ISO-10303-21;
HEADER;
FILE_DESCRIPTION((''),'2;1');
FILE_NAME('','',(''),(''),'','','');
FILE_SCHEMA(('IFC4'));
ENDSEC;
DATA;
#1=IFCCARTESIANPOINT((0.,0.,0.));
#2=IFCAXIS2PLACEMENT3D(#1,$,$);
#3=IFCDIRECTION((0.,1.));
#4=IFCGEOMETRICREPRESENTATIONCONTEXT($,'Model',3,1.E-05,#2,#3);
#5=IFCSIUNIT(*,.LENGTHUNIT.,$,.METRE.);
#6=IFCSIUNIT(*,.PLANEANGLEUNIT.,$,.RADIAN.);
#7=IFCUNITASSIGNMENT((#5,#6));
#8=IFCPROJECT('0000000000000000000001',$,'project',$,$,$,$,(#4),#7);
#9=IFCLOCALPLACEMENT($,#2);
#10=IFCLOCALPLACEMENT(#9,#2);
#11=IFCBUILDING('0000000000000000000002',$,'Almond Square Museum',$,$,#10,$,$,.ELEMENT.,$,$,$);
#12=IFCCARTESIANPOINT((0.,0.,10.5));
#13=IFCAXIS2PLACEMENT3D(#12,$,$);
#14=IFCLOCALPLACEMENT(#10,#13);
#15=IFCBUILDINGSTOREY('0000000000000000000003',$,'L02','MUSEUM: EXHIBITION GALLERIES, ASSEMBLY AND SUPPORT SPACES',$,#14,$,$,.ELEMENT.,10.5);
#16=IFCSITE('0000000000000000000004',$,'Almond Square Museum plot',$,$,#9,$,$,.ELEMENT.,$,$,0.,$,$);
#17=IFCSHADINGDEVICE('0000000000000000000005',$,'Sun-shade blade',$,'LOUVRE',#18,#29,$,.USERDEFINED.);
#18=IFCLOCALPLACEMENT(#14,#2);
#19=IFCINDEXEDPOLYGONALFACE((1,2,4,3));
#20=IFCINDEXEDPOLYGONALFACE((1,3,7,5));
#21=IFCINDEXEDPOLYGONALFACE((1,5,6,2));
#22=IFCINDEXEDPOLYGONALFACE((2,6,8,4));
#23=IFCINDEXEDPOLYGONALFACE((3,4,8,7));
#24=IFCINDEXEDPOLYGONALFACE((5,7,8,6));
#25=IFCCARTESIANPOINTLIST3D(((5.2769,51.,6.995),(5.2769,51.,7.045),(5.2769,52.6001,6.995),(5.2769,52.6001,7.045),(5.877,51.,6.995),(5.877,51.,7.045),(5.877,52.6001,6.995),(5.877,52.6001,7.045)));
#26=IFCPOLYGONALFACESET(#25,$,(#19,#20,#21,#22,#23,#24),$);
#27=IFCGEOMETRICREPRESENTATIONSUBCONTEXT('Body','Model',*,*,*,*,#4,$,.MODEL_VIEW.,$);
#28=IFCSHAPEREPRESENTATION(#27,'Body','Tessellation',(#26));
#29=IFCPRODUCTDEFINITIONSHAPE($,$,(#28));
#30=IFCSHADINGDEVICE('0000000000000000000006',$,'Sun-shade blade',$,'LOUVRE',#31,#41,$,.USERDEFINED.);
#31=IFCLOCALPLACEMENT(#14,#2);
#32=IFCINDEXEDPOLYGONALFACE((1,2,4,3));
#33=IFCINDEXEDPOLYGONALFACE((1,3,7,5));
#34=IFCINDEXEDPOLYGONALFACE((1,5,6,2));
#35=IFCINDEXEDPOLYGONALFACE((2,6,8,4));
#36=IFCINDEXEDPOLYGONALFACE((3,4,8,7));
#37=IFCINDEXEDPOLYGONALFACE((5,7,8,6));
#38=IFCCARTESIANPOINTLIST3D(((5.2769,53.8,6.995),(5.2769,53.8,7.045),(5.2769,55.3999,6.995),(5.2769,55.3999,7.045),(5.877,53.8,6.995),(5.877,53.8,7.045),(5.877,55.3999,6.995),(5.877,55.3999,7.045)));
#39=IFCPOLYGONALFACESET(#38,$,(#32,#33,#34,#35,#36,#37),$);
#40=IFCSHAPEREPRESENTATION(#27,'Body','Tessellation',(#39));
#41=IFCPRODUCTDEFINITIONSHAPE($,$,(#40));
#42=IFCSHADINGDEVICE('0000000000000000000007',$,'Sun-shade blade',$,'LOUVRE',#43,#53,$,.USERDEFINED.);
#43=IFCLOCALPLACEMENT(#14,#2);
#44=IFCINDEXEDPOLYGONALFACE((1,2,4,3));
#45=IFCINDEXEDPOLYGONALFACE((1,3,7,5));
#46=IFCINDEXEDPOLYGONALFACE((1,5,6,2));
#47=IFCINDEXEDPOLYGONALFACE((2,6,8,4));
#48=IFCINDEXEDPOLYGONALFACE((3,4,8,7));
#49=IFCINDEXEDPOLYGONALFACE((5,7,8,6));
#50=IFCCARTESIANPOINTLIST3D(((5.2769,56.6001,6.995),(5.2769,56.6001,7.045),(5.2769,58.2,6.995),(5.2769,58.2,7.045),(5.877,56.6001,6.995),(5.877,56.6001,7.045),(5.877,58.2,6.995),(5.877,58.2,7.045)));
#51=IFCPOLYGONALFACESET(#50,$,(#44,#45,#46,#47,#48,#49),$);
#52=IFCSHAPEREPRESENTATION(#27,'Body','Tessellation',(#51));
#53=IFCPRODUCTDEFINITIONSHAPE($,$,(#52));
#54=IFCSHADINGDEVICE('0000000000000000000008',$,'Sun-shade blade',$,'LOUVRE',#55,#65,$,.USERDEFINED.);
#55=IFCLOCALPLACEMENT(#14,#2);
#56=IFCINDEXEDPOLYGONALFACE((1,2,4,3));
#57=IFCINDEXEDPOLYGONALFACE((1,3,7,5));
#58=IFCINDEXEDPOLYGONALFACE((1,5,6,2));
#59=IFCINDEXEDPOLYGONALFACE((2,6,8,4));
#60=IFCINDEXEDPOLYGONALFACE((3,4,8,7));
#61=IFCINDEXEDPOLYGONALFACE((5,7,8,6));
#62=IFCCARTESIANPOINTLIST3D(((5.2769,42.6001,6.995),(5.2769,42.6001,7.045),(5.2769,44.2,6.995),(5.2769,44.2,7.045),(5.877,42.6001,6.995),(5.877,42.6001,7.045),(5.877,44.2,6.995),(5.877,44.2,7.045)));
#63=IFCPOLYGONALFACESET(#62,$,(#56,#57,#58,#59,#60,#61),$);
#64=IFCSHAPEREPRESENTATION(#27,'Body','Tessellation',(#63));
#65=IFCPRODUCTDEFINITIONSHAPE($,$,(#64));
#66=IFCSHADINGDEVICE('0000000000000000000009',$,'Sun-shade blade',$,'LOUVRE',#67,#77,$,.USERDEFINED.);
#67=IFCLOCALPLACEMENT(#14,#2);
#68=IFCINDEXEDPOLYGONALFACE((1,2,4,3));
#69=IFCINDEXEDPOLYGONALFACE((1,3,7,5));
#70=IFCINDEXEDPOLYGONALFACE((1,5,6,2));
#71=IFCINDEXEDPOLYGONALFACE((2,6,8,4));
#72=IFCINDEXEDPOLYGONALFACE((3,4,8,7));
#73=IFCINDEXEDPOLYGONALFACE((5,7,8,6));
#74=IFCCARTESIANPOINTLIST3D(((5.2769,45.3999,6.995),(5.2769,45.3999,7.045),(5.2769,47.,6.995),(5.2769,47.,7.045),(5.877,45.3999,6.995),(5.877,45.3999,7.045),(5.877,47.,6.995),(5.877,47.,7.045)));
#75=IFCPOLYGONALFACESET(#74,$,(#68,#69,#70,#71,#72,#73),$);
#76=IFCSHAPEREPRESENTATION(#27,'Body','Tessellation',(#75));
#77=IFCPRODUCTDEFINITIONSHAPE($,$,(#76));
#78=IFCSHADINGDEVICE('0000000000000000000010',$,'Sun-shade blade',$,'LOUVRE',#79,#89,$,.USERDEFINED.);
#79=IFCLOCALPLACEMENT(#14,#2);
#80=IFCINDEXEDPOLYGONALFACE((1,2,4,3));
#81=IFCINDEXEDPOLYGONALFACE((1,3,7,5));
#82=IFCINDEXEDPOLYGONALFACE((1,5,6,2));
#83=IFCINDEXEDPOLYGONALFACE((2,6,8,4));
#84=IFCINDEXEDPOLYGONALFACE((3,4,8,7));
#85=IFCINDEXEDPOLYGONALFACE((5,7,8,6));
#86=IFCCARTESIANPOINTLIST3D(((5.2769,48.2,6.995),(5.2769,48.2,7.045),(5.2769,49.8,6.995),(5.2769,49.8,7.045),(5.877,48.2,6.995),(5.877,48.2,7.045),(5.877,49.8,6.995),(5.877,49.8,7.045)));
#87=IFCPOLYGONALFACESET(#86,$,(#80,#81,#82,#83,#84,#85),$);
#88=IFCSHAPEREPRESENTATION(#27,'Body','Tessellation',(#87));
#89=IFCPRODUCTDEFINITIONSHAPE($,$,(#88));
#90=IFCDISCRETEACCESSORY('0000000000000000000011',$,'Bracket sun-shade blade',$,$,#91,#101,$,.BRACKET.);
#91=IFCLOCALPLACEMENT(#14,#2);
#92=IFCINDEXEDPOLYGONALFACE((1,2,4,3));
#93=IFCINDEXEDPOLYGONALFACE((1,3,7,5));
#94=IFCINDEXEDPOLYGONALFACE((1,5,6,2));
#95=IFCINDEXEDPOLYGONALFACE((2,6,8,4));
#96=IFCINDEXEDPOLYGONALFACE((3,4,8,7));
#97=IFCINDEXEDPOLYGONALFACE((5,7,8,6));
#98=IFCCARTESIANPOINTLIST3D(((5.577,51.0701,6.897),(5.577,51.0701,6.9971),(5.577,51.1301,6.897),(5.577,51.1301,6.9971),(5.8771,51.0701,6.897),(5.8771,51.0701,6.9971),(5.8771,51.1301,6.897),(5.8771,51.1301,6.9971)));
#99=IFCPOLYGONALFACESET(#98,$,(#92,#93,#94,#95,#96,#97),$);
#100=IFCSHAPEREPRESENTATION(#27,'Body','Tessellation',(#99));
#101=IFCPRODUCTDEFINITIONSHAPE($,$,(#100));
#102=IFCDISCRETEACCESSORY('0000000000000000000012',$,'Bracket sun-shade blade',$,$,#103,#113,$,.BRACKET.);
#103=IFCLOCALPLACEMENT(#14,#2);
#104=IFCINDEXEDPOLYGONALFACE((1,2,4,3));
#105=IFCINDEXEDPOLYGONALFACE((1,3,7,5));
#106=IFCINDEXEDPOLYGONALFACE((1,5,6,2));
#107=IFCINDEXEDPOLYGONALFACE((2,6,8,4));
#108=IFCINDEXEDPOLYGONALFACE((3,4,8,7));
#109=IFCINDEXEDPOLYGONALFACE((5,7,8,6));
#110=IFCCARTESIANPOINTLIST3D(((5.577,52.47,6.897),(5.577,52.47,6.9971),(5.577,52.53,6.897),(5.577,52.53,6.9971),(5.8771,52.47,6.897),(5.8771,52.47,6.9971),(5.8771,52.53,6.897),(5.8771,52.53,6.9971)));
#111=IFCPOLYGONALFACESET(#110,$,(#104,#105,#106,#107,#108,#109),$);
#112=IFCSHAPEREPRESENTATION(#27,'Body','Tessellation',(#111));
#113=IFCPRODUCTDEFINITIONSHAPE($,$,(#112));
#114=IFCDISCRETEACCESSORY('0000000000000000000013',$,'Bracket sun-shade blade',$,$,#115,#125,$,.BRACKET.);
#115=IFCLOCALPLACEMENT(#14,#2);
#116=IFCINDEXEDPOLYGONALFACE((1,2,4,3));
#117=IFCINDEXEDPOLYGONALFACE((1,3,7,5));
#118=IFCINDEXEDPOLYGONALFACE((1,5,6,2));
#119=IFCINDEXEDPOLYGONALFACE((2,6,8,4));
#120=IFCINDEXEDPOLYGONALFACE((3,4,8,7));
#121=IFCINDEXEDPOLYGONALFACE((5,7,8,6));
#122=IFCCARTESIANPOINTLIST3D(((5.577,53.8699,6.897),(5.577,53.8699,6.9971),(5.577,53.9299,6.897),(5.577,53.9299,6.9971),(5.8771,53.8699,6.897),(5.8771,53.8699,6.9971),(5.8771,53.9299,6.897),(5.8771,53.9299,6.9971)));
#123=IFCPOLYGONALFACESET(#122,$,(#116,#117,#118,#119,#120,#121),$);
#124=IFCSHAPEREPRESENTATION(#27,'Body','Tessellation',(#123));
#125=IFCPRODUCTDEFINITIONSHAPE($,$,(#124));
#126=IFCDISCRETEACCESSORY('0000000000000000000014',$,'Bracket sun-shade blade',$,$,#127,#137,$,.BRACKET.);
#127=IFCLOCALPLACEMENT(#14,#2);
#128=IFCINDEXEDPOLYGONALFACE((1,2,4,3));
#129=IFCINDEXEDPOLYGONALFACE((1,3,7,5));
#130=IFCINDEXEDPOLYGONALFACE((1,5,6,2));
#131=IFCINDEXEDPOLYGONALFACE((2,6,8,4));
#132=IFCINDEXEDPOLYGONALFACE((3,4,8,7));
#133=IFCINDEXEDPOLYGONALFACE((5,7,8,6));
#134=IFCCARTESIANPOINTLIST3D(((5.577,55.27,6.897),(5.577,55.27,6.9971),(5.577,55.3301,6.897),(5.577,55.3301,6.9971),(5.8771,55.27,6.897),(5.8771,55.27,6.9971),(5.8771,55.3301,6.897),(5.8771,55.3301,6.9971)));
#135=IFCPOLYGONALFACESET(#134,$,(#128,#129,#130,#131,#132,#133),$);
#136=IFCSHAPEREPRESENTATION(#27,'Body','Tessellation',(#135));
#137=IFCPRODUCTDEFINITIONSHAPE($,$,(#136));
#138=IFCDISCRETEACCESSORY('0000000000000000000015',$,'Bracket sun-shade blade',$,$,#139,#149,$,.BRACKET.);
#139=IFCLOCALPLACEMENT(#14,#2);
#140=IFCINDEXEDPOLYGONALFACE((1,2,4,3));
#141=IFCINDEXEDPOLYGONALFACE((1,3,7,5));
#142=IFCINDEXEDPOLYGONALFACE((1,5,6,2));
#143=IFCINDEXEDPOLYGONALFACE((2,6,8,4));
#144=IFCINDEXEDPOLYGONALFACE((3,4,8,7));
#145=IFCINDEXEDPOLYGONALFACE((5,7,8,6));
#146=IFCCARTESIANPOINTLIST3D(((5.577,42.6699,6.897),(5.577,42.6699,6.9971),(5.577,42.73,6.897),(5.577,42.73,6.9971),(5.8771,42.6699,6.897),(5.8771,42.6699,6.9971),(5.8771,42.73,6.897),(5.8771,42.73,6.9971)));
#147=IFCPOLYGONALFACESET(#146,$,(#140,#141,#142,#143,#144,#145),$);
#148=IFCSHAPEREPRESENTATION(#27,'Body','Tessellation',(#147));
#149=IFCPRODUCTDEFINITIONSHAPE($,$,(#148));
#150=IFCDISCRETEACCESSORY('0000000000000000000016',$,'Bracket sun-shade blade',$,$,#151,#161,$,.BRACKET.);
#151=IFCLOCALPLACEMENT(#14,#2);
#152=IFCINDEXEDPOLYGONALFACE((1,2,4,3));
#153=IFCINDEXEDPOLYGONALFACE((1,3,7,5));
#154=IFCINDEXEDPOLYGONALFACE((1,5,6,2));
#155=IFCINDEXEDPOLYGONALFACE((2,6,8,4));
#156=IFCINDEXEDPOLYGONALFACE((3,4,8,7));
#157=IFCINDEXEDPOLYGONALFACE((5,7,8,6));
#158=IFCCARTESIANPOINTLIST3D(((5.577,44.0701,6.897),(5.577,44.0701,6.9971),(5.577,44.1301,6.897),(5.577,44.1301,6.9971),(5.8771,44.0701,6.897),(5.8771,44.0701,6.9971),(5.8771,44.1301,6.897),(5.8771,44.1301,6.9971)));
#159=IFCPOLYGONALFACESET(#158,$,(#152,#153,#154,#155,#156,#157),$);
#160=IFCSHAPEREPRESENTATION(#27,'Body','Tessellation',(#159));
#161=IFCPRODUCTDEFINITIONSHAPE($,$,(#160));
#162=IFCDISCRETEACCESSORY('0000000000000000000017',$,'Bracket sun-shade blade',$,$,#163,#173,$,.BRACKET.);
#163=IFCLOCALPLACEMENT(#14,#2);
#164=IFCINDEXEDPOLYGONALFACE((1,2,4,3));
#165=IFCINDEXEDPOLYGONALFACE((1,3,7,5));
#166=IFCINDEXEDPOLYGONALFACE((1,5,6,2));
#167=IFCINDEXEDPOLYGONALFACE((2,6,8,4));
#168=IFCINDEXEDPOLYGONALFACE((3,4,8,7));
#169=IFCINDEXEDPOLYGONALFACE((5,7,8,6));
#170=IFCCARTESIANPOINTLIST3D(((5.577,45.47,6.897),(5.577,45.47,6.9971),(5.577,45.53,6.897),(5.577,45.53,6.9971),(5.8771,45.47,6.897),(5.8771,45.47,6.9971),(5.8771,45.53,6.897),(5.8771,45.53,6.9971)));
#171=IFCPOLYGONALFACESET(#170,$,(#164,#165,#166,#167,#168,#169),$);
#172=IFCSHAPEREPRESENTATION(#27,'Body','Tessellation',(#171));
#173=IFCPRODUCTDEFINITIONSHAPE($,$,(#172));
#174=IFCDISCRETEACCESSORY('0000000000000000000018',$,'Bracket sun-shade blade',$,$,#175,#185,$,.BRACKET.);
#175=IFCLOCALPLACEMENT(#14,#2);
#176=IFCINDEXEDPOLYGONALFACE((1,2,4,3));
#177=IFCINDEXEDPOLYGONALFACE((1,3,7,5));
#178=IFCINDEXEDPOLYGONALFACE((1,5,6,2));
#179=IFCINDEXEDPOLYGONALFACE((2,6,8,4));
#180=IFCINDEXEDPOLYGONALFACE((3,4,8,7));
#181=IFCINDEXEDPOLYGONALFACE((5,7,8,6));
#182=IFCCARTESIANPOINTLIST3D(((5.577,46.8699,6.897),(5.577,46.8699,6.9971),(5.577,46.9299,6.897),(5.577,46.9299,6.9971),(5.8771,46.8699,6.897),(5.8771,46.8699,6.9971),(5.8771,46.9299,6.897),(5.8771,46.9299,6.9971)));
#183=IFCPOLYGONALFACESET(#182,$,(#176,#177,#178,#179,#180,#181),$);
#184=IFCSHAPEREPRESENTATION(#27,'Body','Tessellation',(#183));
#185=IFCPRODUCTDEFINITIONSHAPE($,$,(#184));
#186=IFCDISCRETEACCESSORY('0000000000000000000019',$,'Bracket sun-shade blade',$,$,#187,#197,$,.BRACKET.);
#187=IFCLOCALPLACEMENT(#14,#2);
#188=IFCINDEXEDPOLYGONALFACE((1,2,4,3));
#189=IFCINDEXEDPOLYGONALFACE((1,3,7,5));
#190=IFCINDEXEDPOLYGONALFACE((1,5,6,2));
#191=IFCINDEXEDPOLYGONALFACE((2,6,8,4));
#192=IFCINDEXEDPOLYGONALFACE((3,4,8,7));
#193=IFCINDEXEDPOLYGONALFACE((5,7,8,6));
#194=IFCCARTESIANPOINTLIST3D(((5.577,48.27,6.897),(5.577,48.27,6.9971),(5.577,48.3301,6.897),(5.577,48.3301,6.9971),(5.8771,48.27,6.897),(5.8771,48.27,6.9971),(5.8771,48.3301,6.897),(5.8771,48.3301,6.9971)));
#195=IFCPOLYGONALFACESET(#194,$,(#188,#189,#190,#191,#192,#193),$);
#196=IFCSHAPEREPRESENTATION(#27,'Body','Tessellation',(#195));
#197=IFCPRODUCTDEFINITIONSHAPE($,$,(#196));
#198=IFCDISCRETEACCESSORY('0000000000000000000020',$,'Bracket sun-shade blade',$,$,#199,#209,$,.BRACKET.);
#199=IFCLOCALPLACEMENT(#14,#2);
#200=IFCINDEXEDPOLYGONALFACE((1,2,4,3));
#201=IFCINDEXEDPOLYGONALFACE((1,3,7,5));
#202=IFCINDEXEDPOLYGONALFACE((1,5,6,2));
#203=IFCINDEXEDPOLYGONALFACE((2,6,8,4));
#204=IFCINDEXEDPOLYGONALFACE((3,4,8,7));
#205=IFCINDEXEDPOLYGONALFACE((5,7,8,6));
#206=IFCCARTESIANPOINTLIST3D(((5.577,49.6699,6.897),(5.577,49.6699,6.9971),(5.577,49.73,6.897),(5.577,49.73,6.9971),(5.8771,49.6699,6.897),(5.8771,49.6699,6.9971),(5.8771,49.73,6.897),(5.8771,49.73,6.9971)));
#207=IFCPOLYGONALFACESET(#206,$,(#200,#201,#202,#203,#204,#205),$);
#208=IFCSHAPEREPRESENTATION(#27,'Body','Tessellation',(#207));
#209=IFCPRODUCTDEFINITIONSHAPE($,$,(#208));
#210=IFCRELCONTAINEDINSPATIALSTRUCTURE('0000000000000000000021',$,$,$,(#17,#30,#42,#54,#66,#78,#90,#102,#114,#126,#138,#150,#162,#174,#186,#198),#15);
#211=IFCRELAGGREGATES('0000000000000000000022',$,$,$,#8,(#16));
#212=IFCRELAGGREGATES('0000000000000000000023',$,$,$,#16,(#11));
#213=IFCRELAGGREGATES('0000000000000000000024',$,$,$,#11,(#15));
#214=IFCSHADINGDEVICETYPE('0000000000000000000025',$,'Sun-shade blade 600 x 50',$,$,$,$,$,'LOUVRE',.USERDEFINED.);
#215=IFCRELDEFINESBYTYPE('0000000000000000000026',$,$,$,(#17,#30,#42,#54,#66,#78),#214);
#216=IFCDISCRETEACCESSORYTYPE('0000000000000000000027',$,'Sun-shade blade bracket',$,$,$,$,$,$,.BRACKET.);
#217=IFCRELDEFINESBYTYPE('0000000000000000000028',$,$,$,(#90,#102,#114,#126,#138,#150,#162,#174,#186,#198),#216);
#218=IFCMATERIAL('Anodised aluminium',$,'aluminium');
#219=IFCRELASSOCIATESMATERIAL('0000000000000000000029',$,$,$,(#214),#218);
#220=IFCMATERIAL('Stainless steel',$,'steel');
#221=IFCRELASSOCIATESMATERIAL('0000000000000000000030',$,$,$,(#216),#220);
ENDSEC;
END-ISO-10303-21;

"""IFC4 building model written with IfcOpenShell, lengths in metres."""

from ifc_helpers import new_model, si_unit, direction, frame, origin, origin_2d, place, context, subcontext, project, spatial, rectangle, extrude, material, material_profile, profile_set, type_object, element, save


model = new_model("IFC4")

# Units and contexts
model_context = context("Model", 3, precision=1e-05, world=origin(), true_north=direction((0.0, 1.0)))
body_context = subcontext(model_context, "Body", "Model", "MODEL_VIEW")
ifc_project = project(units=[si_unit("LENGTHUNIT", "METRE"), si_unit("PLANEANGLEUNIT", "RADIAN")], contexts=[model_context])

# Site, building, storey
site_placement = place(None, origin())
site = spatial("IfcSite", under=ifc_project, at=site_placement, Name="Almond Square Museum plot", CompositionType="ELEMENT", RefElevation=0.0)
building_placement = place(site_placement, origin())
building = spatial("IfcBuilding", under=site, at=building_placement, Name="Almond Square Museum", CompositionType="ELEMENT")
storey_placement = place(building_placement, frame((0.0, 0.0, 10.5)))
storey = spatial("IfcBuildingStorey", under=building, at=storey_placement, Name="L02", Description="MUSEUM: EXHIBITION GALLERIES, ASSEMBLY AND SUPPORT SPACES", CompositionType="ELEMENT", Elevation=10.5)

# Shading devices
ifc_material_1 = material(Name="Anodised aluminium", Category="aluminium")
ifc_material_profile = material_profile(ifc_material_1, rectangle(XDim=0.6001, YDim=0.05, at=origin_2d()))
ifc_profile_set = profile_set([ifc_material_profile], Name="Anodised aluminium")
shading_device_type = type_object("IfcShadingDeviceType", Name="Sun-shade blade 600 x 50", ElementType="LOUVRE", PredefinedType="USERDEFINED", material=ifc_profile_set)
shading_device_placement = place(storey_placement, frame((5.5769, 51.0, 7.02), z_axis=(0.0, 1.0, 0.0), x_axis=(-1.0, 0.0, 0.0)))
element("IfcShadingDevice", 1, at=shading_device_placement, inside=storey, type_object=shading_device_type, Name="Sun-shade blade", ObjectType="LOUVRE", PredefinedType="USERDEFINED", context=body_context, shape_type="SweptSolid", body=[
    extrude(rectangle(XDim=0.6001, YDim=0.05, at=origin_2d()), origin(), (0.0, 0.0, 1.0), 1.6001),
])
for number, where, z_axis, x_axis, name in (
    (2, (5.5769, 53.8, 7.02), (0.0, 1.0, 0.0), (-1.0, 0.0, 0.0), "Sun-shade blade"),
    (3, (5.5769, 56.6001, 7.02), (0.0, 1.0, 0.0), (-1.0, 0.0, 0.0), "Sun-shade blade"),
    (4, (5.5769, 42.6001, 7.02), (0.0, 1.0, 0.0), (-1.0, 0.0, 0.0), "Sun-shade blade"),
):
    element("IfcShadingDevice", number, at=place(storey_placement, frame(where, z_axis=z_axis, x_axis=x_axis)), inside=storey, type_object=shading_device_type, Name=name, ObjectType="LOUVRE", PredefinedType="USERDEFINED", context=body_context, shape_type="SweptSolid", body=[
        extrude(rectangle(XDim=0.6001, YDim=0.05, at=origin_2d()), origin(), (0.0, 0.0, 1.0), 1.5999),
    ])
for number, where, z_axis, x_axis, name in (
    (5, (5.5769, 45.3999, 7.02), (0.0, 1.0, 0.0), (-1.0, 0.0, 0.0), "Sun-shade blade"),
    (6, (5.5769, 48.2, 7.02), (0.0, 1.0, 0.0), (-1.0, 0.0, 0.0), "Sun-shade blade"),
):
    element("IfcShadingDevice", number, at=place(storey_placement, frame(where, z_axis=z_axis, x_axis=x_axis)), inside=storey, type_object=shading_device_type, Name=name, ObjectType="LOUVRE", PredefinedType="USERDEFINED", context=body_context, shape_type="SweptSolid", body=[
        extrude(rectangle(XDim=0.6001, YDim=0.05, at=origin_2d()), origin(), (0.0, 0.0, 1.0), 1.6001),
    ])

# Discrete accessories
ifc_material_2 = material(Name="Stainless steel", Category="steel")
discrete_accessory_type = type_object("IfcDiscreteAccessoryType", Name="Sun-shade blade bracket", PredefinedType="BRACKET", material=ifc_material_2)
for number, where, z_axis, x_axis, name in (
    (7, (5.7271, 51.1001, 6.897), (0.0, 0.0, 1.0), (1.0, 0.0, 0.0), "Bracket sun-shade blade"),
    (8, (5.7271, 52.5, 6.897), (0.0, 0.0, 1.0), (1.0, 0.0, 0.0), "Bracket sun-shade blade"),
    (9, (5.7271, 53.8999, 6.897), (0.0, 0.0, 1.0), (1.0, 0.0, 0.0), "Bracket sun-shade blade"),
    (10, (5.7271, 55.3, 6.897), (0.0, 0.0, 1.0), (1.0, 0.0, 0.0), "Bracket sun-shade blade"),
    (11, (5.7271, 42.7, 6.897), (0.0, 0.0, 1.0), (1.0, 0.0, 0.0), "Bracket sun-shade blade"),
    (12, (5.7271, 44.1001, 6.897), (0.0, 0.0, 1.0), (1.0, 0.0, 0.0), "Bracket sun-shade blade"),
    (13, (5.7271, 45.5, 6.897), (0.0, 0.0, 1.0), (1.0, 0.0, 0.0), "Bracket sun-shade blade"),
    (14, (5.7271, 46.8999, 6.897), (0.0, 0.0, 1.0), (1.0, 0.0, 0.0), "Bracket sun-shade blade"),
    (15, (5.7271, 48.3, 6.897), (0.0, 0.0, 1.0), (1.0, 0.0, 0.0), "Bracket sun-shade blade"),
    (16, (5.7271, 49.7, 6.897), (0.0, 0.0, 1.0), (1.0, 0.0, 0.0), "Bracket sun-shade blade"),
):
    element("IfcDiscreteAccessory", number, at=place(storey_placement, frame(where, z_axis=z_axis, x_axis=x_axis)), inside=storey, type_object=discrete_accessory_type, Name=name, PredefinedType="BRACKET", context=body_context, shape_type="SweptSolid", body=[
        extrude(rectangle(XDim=0.3, YDim=0.0601, at=origin_2d()), origin(), (0.0, 0.0, 1.0), 0.1001),
    ])

save(model, "model.ifc")
